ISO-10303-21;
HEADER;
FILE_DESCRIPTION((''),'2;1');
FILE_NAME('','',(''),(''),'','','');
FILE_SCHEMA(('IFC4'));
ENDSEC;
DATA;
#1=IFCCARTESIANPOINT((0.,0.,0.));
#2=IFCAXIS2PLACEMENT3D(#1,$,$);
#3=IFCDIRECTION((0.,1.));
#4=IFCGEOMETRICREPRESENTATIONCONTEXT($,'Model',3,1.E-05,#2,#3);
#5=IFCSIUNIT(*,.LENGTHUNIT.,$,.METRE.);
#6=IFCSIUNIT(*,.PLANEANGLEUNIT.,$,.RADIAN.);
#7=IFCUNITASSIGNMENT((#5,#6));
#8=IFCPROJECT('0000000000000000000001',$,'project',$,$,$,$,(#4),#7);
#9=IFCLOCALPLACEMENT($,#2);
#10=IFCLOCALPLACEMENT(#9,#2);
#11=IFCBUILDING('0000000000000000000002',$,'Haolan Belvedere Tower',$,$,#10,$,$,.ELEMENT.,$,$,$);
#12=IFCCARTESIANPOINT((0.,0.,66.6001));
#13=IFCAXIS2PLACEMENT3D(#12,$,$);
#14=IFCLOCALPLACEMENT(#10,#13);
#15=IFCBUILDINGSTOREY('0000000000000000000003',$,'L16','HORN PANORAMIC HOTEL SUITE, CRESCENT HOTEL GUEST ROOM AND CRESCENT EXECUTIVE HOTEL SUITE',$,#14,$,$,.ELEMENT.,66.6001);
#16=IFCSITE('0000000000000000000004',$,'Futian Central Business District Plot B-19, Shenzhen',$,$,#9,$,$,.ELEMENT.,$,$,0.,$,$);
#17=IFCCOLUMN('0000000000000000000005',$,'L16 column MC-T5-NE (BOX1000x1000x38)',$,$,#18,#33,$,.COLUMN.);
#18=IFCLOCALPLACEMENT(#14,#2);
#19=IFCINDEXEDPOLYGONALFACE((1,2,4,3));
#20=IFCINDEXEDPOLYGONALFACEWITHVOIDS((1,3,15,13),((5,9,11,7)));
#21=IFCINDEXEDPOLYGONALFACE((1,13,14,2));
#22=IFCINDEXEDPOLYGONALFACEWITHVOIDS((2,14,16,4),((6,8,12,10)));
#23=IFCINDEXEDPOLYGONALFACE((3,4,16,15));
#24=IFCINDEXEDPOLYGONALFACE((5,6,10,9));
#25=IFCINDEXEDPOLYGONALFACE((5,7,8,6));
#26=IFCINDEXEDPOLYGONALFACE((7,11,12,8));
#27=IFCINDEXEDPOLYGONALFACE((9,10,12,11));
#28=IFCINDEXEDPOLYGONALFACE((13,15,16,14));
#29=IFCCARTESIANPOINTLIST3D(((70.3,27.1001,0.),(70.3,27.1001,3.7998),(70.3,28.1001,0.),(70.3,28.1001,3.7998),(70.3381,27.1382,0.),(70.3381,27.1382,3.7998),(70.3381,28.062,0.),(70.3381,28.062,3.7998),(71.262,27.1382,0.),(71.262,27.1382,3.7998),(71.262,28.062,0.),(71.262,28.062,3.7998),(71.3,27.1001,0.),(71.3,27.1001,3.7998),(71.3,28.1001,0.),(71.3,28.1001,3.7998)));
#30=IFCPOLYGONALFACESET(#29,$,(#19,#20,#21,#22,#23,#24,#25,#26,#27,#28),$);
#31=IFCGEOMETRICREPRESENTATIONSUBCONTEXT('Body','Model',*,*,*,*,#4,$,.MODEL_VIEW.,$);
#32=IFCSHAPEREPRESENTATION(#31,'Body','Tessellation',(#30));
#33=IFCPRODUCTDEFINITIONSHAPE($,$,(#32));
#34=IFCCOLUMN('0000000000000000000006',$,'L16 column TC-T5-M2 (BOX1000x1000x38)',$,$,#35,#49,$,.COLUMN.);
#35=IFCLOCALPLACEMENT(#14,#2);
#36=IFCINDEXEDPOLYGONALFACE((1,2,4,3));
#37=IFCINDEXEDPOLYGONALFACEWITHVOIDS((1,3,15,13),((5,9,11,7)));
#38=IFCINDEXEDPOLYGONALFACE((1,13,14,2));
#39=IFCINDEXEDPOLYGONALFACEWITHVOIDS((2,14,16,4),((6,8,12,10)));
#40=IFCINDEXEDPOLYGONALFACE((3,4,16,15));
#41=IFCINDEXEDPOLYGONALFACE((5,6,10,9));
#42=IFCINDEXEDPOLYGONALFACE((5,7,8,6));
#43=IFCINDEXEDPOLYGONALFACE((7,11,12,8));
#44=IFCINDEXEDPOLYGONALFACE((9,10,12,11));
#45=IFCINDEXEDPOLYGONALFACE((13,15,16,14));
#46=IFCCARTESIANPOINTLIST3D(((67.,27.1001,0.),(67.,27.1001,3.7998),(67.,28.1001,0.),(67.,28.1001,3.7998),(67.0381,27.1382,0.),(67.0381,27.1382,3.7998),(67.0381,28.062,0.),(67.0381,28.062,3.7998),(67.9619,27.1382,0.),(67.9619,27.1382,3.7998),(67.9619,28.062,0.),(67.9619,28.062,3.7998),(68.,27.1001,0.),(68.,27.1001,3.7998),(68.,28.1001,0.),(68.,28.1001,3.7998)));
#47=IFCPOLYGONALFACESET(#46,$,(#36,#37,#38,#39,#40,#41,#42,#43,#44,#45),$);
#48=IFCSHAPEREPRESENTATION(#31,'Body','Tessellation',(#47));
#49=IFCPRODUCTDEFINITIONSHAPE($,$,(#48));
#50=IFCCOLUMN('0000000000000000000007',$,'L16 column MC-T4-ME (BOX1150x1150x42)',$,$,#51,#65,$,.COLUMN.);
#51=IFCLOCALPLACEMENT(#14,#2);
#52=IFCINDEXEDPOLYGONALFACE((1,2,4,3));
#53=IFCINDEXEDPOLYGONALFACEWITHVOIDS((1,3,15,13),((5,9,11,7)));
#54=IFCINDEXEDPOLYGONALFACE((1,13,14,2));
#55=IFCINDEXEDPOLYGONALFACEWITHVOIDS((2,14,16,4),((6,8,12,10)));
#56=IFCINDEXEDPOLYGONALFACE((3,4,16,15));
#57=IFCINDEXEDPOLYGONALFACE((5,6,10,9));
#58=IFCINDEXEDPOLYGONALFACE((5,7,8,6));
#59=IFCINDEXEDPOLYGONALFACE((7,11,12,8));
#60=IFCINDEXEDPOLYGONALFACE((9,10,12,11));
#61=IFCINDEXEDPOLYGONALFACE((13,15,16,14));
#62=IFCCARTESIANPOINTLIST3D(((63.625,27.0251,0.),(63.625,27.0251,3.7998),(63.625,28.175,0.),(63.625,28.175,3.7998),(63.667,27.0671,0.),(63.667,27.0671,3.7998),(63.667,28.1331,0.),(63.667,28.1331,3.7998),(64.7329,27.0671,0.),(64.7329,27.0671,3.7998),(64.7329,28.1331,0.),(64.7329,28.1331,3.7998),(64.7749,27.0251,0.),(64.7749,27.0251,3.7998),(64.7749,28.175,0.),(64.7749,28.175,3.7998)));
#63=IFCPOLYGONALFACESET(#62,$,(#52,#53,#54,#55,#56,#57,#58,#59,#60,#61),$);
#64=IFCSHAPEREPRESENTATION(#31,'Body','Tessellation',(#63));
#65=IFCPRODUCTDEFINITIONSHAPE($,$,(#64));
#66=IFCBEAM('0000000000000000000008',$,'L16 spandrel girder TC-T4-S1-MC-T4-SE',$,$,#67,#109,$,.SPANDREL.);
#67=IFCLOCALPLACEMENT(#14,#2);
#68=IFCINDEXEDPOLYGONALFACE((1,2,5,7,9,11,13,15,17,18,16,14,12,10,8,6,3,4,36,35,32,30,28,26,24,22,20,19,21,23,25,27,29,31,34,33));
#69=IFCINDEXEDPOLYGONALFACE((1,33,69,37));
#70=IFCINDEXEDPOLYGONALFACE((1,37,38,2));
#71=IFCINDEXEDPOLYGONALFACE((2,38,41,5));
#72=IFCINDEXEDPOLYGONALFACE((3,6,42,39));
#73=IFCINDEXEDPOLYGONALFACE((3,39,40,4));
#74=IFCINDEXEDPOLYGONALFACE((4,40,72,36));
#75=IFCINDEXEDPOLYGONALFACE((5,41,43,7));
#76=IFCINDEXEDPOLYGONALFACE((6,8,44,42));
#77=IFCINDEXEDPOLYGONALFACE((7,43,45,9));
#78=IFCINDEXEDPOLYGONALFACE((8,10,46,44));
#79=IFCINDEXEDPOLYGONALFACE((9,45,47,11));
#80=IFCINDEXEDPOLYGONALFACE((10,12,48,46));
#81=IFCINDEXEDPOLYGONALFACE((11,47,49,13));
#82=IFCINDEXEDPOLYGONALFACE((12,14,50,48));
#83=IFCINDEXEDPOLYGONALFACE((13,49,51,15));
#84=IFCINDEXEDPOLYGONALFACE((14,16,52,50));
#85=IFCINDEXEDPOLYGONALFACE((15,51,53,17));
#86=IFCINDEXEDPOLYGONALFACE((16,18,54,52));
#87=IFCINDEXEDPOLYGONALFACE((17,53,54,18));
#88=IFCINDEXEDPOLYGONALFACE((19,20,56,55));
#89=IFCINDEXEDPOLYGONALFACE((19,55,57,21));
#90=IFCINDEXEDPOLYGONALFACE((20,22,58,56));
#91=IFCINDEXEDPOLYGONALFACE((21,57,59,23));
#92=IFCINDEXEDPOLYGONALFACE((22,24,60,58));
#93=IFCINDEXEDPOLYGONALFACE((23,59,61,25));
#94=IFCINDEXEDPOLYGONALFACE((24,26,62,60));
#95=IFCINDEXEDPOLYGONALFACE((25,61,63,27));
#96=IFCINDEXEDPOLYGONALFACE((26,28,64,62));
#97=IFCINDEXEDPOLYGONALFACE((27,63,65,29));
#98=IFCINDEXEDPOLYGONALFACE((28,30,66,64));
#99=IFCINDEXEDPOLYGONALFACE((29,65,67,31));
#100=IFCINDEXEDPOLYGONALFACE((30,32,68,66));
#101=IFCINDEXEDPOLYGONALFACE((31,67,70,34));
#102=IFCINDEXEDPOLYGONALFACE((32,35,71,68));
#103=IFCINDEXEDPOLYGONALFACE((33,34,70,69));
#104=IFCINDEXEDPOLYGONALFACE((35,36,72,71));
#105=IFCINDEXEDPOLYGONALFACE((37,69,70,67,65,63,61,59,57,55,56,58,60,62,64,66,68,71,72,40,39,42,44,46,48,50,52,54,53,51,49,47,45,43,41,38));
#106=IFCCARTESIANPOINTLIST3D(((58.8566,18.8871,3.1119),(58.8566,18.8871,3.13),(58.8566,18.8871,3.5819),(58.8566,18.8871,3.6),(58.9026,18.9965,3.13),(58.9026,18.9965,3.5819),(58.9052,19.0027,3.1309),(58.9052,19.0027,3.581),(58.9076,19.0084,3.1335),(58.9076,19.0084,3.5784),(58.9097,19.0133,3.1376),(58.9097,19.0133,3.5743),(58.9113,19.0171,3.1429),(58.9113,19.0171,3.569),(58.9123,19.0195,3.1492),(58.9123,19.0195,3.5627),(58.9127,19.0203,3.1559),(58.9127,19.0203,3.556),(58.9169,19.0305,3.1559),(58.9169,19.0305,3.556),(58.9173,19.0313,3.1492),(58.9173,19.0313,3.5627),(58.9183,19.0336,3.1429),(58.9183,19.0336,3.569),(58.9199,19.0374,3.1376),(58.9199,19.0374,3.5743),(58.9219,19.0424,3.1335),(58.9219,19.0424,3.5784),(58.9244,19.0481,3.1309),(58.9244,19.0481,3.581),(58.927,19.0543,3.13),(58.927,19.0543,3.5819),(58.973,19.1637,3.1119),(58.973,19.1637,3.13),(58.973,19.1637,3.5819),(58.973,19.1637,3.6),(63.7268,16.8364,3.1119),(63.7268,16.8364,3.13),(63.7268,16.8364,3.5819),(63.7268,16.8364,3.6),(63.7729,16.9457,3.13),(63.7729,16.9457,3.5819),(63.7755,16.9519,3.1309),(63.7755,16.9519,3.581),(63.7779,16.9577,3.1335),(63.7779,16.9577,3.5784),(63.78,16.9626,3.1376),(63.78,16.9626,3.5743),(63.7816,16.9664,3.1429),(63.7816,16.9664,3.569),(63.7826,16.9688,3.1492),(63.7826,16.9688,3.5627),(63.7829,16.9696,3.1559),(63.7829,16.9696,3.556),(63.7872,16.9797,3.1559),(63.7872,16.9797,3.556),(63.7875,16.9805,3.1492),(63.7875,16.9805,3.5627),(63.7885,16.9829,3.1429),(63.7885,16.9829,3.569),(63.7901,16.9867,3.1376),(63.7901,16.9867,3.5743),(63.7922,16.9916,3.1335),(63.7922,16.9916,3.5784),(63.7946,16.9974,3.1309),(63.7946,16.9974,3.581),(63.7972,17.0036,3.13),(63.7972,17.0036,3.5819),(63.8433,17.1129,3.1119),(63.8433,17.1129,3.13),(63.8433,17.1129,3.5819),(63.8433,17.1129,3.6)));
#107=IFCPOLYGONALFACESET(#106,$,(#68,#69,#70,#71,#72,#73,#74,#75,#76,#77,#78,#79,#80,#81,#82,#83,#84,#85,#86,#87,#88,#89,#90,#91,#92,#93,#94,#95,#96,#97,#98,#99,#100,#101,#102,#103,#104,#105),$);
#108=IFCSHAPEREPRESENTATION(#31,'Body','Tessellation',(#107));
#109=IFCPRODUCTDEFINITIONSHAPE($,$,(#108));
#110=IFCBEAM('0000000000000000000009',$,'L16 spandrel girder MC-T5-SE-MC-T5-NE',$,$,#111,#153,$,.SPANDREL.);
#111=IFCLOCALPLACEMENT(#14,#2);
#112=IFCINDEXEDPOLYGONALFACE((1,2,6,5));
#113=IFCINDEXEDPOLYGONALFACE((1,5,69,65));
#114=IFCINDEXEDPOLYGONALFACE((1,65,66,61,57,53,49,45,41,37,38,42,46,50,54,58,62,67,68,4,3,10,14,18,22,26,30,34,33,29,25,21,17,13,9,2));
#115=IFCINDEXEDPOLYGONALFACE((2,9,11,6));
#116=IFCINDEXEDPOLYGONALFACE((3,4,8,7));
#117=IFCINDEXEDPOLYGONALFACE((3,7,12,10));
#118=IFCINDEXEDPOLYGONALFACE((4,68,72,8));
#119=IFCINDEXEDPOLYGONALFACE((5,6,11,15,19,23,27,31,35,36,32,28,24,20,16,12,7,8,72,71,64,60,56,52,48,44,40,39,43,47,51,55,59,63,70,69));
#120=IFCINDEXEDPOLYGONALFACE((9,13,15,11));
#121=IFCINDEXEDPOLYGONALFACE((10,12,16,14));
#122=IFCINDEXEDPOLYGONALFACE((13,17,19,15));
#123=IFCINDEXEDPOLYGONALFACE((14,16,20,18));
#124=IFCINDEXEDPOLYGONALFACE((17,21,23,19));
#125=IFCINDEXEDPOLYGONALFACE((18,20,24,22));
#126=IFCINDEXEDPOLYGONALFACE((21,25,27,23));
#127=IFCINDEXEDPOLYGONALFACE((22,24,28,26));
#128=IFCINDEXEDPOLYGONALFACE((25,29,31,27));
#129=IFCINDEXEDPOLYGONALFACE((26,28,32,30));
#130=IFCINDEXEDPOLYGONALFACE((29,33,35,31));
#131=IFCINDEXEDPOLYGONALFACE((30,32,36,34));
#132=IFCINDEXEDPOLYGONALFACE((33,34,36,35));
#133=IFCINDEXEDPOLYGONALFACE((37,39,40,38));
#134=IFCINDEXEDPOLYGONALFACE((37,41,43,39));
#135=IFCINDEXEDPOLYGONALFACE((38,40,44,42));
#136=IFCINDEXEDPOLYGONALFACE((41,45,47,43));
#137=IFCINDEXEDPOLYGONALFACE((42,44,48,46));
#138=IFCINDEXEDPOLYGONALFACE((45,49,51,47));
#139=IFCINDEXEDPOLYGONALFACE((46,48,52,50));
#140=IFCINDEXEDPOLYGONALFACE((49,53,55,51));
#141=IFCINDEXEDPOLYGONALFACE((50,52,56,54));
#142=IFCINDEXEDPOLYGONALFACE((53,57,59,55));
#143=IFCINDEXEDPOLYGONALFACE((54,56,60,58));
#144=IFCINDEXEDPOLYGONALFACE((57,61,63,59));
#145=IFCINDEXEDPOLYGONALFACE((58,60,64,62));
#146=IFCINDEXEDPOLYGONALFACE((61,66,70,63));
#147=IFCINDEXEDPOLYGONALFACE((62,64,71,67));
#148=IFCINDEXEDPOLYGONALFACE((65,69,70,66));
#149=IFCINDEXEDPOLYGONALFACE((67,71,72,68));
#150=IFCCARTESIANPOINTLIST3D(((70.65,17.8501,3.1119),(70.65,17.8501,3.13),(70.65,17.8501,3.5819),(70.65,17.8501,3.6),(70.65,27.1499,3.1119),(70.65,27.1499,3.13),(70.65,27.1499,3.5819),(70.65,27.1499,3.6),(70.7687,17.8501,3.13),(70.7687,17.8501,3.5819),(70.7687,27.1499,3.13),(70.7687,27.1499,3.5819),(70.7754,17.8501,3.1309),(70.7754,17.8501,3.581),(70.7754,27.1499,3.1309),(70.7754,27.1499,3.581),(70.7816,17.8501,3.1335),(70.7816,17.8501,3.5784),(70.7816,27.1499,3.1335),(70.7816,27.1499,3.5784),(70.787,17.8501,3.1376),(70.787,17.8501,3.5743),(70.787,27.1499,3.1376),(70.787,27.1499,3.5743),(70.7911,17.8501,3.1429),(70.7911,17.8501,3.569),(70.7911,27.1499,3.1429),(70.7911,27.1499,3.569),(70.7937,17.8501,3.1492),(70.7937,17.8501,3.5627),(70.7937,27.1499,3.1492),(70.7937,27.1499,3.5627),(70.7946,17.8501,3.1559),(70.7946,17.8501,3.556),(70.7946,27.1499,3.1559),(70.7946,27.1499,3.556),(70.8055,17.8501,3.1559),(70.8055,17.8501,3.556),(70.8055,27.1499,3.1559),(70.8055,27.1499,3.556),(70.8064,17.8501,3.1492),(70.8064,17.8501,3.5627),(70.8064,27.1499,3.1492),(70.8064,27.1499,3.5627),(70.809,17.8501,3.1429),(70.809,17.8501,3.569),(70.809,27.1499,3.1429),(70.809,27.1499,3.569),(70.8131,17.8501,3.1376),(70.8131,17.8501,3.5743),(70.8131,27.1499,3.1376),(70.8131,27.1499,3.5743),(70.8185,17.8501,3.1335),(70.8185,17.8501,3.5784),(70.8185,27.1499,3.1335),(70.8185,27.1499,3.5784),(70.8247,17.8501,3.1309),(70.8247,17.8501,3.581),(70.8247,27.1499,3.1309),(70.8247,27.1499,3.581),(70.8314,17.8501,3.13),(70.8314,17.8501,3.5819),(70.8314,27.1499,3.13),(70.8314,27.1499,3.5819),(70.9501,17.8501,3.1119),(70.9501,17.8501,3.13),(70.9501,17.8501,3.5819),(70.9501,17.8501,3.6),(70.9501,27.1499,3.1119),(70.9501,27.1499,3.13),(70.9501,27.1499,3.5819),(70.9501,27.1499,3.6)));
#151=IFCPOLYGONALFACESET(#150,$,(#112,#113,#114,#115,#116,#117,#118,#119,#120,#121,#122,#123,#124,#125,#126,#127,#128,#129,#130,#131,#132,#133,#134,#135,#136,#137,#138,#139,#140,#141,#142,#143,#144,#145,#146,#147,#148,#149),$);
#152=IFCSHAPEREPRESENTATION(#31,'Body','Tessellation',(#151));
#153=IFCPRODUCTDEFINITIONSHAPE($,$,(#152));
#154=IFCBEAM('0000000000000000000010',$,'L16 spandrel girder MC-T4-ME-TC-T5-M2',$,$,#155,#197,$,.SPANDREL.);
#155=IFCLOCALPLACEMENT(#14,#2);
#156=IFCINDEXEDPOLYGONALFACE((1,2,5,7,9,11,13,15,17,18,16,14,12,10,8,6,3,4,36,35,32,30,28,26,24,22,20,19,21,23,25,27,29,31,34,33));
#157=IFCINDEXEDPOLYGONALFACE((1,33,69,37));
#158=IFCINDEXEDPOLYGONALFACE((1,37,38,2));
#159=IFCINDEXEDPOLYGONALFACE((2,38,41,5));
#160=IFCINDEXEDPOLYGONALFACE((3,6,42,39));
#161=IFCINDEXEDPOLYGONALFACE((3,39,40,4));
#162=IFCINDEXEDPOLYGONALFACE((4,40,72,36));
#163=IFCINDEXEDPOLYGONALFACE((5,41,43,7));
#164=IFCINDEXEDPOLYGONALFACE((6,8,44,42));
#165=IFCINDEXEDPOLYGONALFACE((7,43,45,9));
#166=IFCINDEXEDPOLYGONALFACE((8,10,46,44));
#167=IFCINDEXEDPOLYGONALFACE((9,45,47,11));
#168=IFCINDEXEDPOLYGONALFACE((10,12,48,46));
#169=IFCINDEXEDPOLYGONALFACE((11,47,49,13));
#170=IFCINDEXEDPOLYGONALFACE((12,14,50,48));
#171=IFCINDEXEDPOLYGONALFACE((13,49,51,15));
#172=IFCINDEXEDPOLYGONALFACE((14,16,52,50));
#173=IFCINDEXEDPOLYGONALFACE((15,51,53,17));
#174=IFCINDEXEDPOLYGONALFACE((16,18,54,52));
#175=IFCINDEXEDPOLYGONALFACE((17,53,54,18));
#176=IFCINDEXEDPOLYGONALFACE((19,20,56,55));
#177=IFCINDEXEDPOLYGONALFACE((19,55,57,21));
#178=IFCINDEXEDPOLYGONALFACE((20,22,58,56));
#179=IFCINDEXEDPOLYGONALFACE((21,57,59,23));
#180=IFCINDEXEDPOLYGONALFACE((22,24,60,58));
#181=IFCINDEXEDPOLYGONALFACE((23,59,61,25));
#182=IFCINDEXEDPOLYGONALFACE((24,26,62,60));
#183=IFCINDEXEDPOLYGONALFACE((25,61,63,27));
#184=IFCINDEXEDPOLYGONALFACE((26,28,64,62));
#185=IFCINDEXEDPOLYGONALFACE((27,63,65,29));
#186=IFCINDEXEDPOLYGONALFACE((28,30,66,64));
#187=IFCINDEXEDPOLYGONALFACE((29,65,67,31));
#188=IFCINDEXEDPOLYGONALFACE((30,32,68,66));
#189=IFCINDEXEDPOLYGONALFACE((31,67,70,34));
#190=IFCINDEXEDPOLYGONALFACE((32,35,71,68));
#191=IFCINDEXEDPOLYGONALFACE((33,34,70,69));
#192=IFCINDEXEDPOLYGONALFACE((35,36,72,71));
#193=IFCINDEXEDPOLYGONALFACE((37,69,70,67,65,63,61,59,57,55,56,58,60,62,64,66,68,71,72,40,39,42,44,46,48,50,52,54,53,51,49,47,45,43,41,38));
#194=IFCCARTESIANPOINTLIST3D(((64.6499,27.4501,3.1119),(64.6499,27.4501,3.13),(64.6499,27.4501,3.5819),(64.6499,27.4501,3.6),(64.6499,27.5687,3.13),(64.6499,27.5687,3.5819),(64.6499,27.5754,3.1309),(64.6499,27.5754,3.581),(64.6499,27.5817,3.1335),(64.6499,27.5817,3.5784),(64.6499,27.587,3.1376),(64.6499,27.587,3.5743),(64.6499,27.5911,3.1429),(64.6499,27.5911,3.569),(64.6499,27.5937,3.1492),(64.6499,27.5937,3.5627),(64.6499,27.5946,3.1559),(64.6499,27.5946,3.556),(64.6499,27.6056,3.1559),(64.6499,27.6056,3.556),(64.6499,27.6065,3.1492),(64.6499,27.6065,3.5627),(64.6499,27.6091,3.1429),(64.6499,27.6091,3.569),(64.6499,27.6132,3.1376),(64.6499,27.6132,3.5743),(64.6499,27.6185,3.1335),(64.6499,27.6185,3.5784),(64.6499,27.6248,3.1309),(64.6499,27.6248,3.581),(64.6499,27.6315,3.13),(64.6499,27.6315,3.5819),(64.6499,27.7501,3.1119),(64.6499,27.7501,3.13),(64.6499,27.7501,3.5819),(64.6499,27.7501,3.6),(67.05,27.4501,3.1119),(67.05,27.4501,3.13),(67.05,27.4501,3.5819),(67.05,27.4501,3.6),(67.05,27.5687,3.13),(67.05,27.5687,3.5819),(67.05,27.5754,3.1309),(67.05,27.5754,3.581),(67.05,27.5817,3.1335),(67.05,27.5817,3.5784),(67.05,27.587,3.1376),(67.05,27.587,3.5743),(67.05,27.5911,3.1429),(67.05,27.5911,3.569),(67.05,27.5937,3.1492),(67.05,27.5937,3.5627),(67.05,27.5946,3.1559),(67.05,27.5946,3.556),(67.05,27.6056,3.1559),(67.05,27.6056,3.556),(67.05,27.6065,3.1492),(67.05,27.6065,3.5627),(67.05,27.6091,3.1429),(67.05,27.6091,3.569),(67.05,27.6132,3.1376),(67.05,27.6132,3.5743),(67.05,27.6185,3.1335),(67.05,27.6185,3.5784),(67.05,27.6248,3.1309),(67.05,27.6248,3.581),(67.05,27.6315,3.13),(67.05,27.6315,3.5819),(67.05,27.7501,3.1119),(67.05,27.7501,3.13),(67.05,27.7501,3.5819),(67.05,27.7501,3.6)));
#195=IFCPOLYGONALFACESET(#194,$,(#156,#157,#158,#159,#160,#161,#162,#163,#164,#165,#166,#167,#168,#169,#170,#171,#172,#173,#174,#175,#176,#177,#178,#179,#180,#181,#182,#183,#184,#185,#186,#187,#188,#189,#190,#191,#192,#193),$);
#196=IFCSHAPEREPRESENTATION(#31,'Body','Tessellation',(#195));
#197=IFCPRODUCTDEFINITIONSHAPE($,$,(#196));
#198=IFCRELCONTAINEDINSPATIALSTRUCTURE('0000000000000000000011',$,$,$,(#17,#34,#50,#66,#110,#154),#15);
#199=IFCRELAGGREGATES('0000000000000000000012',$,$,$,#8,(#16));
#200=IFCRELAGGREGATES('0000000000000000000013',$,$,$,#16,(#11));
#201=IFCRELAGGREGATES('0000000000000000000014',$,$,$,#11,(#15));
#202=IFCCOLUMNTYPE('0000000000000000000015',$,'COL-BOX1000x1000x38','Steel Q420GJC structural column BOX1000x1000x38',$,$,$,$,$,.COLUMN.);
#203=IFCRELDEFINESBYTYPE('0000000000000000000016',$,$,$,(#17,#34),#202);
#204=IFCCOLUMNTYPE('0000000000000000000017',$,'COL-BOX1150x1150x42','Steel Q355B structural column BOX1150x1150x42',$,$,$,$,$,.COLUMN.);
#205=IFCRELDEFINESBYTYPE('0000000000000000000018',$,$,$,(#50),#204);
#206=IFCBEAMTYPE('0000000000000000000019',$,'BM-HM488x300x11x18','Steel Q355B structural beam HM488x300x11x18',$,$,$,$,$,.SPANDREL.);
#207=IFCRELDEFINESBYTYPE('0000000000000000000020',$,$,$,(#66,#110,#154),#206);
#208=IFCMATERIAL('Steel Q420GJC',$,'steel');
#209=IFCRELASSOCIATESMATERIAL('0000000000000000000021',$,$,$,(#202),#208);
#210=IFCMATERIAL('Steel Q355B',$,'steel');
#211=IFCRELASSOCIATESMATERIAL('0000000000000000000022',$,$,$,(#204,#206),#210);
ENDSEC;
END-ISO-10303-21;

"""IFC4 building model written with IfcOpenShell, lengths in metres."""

from ifc_helpers import new_model, si_unit, direction, frame, origin, origin_2d, place, context, subcontext, project, spatial, hollow_rectangle, i_section, extrude, material, material_profile, profile_set, type_object, element, save


model = new_model("IFC4")

# Units and contexts
model_context = context("Model", 3, precision=1e-05, world=origin(), true_north=direction((0.0, 1.0)))
body_context = subcontext(model_context, "Body", "Model", "MODEL_VIEW")
ifc_project = project(units=[si_unit("LENGTHUNIT", "METRE"), si_unit("PLANEANGLEUNIT", "RADIAN")], contexts=[model_context])

# Site, building, storey
site_placement = place(None, origin())
site = spatial("IfcSite", under=ifc_project, at=site_placement, Name="Futian Central Business District Plot B-19, Shenzhen", CompositionType="ELEMENT", RefElevation=0.0)
building_placement = place(site_placement, origin())
building = spatial("IfcBuilding", under=site, at=building_placement, Name="Haolan Belvedere Tower", CompositionType="ELEMENT")
storey_placement = place(building_placement, frame((0.0, 0.0, 66.6001)))
storey = spatial("IfcBuildingStorey", under=building, at=storey_placement, Name="L16", Description="HORN PANORAMIC HOTEL SUITE, CRESCENT HOTEL GUEST ROOM AND CRESCENT EXECUTIVE HOTEL SUITE", CompositionType="ELEMENT", Elevation=66.6001)

# Columns
ifc_material_1 = material(Name="Steel Q420GJC", Category="steel")
ifc_material_profile_1 = material_profile(ifc_material_1, hollow_rectangle(XDim=1.0, YDim=1.0, WallThickness=0.0381, at=origin_2d()), Name="Steel Q420GJC")
ifc_profile_set_1 = profile_set([ifc_material_profile_1], Name="Steel Q420GJC")
column_type_1 = type_object("IfcColumnType", Name="COL-BOX1000x1000x38", Description="Steel Q420GJC structural column BOX1000x1000x38", PredefinedType="COLUMN", material=ifc_profile_set_1)
for number, where, z_axis, x_axis, name in (
    (1, (70.8, 27.6001, 0.0), (0.0, 0.0, 1.0), (1.0, 0.0, 0.0), "L16 column MC-T5-NE (BOX1000x1000x38)"),
    (2, (67.5, 27.6001, 0.0), (0.0, 0.0, 1.0), (1.0, 0.0, 0.0), "L16 column TC-T5-M2 (BOX1000x1000x38)"),
):
    element("IfcColumn", number, at=place(storey_placement, frame(where, z_axis=z_axis, x_axis=x_axis)), inside=storey, type_object=column_type_1, Name=name, PredefinedType="COLUMN", context=body_context, shape_type="SweptSolid", body=[
        extrude(hollow_rectangle(XDim=1.0, YDim=1.0, WallThickness=0.0381, at=origin_2d()), origin(), (0.0, 0.0, 1.0), 3.7998),
    ])
ifc_material_2 = material(Name="Steel Q355B", Category="steel")
ifc_material_profile_2 = material_profile(ifc_material_2, hollow_rectangle(XDim=1.1499, YDim=1.1499, WallThickness=0.042, at=origin_2d()), Name="Steel Q355B")
ifc_profile_set_2 = profile_set([ifc_material_profile_2], Name="Steel Q355B")
column_type_2 = type_object("IfcColumnType", Name="COL-BOX1150x1150x42", Description="Steel Q355B structural column BOX1150x1150x42", PredefinedType="COLUMN", material=ifc_profile_set_2)
column_placement = place(storey_placement, frame((64.2, 27.6001, 0.0), z_axis=(0.0, 0.0, 1.0), x_axis=(1.0, 0.0, 0.0)))
element("IfcColumn", 3, at=column_placement, inside=storey, type_object=column_type_2, Name="L16 column MC-T4-ME (BOX1150x1150x42)", PredefinedType="COLUMN", context=body_context, shape_type="SweptSolid", body=[
    extrude(hollow_rectangle(XDim=1.1499, YDim=1.1499, WallThickness=0.042, at=origin_2d()), origin(), (0.0, 0.0, 1.0), 3.7998),
])

# Beams
ifc_material_profile_3 = material_profile(ifc_material_2, i_section(OverallWidth=0.3, OverallDepth=0.488, WebThickness=0.011, FlangeThickness=0.0181, FilletRadius=0.0259, at=origin_2d()), Name="Steel Q355B")
ifc_profile_set_3 = profile_set([ifc_material_profile_3], Name="Steel Q355B")
beam_type = type_object("IfcBeamType", Name="BM-HM488x300x11x18", Description="Steel Q355B structural beam HM488x300x11x18", PredefinedType="SPANDREL", material=ifc_profile_set_3)
beam_1_placement = place(storey_placement, frame((58.9148, 19.0254, 3.356), z_axis=(0.921628, -0.388074, 0.0), x_axis=(0.388074, 0.921628, 0.0)))
element("IfcBeam", 4, at=beam_1_placement, inside=storey, type_object=beam_type, Name="L16 spandrel girder TC-T4-S1-MC-T4-SE", PredefinedType="SPANDREL", context=body_context, shape_type="SweptSolid", body=[
    extrude(i_section(OverallWidth=0.3, OverallDepth=0.488, WebThickness=0.011, FlangeThickness=0.0181, FilletRadius=0.0259, at=origin_2d()), origin(), (0.0, 0.0, 1.0), 5.2844),
])
beam_2_placement = place(storey_placement, frame((70.8, 17.8501, 3.356), z_axis=(0.0, 1.0, 0.0), x_axis=(-1.0, 0.0, 0.0)))
element("IfcBeam", 5, at=beam_2_placement, inside=storey, type_object=beam_type, Name="L16 spandrel girder MC-T5-SE-MC-T5-NE", PredefinedType="SPANDREL", context=body_context, shape_type="SweptSolid", body=[
    extrude(i_section(OverallWidth=0.3, OverallDepth=0.488, WebThickness=0.011, FlangeThickness=0.0181, FilletRadius=0.0259, at=origin_2d()), origin(), (0.0, 0.0, 1.0), 9.2998),
])
for number, where, z_axis, x_axis, name in (
    (6, (64.6499, 27.6001, 3.356), (1.0, 0.0, 0.0), (0.0, 1.0, 0.0), "L16 spandrel girder MC-T4-ME-TC-T5-M2"),
):
    element("IfcBeam", number, at=place(storey_placement, frame(where, z_axis=z_axis, x_axis=x_axis)), inside=storey, type_object=beam_type, Name=name, PredefinedType="SPANDREL", context=body_context, shape_type="SweptSolid", body=[
        extrude(i_section(OverallWidth=0.3, OverallDepth=0.488, WebThickness=0.011, FlangeThickness=0.0181, FilletRadius=0.0259, at=origin_2d()), origin(), (0.0, 0.0, 1.0), 2.4001),
    ])

save(model, "model.ifc")
